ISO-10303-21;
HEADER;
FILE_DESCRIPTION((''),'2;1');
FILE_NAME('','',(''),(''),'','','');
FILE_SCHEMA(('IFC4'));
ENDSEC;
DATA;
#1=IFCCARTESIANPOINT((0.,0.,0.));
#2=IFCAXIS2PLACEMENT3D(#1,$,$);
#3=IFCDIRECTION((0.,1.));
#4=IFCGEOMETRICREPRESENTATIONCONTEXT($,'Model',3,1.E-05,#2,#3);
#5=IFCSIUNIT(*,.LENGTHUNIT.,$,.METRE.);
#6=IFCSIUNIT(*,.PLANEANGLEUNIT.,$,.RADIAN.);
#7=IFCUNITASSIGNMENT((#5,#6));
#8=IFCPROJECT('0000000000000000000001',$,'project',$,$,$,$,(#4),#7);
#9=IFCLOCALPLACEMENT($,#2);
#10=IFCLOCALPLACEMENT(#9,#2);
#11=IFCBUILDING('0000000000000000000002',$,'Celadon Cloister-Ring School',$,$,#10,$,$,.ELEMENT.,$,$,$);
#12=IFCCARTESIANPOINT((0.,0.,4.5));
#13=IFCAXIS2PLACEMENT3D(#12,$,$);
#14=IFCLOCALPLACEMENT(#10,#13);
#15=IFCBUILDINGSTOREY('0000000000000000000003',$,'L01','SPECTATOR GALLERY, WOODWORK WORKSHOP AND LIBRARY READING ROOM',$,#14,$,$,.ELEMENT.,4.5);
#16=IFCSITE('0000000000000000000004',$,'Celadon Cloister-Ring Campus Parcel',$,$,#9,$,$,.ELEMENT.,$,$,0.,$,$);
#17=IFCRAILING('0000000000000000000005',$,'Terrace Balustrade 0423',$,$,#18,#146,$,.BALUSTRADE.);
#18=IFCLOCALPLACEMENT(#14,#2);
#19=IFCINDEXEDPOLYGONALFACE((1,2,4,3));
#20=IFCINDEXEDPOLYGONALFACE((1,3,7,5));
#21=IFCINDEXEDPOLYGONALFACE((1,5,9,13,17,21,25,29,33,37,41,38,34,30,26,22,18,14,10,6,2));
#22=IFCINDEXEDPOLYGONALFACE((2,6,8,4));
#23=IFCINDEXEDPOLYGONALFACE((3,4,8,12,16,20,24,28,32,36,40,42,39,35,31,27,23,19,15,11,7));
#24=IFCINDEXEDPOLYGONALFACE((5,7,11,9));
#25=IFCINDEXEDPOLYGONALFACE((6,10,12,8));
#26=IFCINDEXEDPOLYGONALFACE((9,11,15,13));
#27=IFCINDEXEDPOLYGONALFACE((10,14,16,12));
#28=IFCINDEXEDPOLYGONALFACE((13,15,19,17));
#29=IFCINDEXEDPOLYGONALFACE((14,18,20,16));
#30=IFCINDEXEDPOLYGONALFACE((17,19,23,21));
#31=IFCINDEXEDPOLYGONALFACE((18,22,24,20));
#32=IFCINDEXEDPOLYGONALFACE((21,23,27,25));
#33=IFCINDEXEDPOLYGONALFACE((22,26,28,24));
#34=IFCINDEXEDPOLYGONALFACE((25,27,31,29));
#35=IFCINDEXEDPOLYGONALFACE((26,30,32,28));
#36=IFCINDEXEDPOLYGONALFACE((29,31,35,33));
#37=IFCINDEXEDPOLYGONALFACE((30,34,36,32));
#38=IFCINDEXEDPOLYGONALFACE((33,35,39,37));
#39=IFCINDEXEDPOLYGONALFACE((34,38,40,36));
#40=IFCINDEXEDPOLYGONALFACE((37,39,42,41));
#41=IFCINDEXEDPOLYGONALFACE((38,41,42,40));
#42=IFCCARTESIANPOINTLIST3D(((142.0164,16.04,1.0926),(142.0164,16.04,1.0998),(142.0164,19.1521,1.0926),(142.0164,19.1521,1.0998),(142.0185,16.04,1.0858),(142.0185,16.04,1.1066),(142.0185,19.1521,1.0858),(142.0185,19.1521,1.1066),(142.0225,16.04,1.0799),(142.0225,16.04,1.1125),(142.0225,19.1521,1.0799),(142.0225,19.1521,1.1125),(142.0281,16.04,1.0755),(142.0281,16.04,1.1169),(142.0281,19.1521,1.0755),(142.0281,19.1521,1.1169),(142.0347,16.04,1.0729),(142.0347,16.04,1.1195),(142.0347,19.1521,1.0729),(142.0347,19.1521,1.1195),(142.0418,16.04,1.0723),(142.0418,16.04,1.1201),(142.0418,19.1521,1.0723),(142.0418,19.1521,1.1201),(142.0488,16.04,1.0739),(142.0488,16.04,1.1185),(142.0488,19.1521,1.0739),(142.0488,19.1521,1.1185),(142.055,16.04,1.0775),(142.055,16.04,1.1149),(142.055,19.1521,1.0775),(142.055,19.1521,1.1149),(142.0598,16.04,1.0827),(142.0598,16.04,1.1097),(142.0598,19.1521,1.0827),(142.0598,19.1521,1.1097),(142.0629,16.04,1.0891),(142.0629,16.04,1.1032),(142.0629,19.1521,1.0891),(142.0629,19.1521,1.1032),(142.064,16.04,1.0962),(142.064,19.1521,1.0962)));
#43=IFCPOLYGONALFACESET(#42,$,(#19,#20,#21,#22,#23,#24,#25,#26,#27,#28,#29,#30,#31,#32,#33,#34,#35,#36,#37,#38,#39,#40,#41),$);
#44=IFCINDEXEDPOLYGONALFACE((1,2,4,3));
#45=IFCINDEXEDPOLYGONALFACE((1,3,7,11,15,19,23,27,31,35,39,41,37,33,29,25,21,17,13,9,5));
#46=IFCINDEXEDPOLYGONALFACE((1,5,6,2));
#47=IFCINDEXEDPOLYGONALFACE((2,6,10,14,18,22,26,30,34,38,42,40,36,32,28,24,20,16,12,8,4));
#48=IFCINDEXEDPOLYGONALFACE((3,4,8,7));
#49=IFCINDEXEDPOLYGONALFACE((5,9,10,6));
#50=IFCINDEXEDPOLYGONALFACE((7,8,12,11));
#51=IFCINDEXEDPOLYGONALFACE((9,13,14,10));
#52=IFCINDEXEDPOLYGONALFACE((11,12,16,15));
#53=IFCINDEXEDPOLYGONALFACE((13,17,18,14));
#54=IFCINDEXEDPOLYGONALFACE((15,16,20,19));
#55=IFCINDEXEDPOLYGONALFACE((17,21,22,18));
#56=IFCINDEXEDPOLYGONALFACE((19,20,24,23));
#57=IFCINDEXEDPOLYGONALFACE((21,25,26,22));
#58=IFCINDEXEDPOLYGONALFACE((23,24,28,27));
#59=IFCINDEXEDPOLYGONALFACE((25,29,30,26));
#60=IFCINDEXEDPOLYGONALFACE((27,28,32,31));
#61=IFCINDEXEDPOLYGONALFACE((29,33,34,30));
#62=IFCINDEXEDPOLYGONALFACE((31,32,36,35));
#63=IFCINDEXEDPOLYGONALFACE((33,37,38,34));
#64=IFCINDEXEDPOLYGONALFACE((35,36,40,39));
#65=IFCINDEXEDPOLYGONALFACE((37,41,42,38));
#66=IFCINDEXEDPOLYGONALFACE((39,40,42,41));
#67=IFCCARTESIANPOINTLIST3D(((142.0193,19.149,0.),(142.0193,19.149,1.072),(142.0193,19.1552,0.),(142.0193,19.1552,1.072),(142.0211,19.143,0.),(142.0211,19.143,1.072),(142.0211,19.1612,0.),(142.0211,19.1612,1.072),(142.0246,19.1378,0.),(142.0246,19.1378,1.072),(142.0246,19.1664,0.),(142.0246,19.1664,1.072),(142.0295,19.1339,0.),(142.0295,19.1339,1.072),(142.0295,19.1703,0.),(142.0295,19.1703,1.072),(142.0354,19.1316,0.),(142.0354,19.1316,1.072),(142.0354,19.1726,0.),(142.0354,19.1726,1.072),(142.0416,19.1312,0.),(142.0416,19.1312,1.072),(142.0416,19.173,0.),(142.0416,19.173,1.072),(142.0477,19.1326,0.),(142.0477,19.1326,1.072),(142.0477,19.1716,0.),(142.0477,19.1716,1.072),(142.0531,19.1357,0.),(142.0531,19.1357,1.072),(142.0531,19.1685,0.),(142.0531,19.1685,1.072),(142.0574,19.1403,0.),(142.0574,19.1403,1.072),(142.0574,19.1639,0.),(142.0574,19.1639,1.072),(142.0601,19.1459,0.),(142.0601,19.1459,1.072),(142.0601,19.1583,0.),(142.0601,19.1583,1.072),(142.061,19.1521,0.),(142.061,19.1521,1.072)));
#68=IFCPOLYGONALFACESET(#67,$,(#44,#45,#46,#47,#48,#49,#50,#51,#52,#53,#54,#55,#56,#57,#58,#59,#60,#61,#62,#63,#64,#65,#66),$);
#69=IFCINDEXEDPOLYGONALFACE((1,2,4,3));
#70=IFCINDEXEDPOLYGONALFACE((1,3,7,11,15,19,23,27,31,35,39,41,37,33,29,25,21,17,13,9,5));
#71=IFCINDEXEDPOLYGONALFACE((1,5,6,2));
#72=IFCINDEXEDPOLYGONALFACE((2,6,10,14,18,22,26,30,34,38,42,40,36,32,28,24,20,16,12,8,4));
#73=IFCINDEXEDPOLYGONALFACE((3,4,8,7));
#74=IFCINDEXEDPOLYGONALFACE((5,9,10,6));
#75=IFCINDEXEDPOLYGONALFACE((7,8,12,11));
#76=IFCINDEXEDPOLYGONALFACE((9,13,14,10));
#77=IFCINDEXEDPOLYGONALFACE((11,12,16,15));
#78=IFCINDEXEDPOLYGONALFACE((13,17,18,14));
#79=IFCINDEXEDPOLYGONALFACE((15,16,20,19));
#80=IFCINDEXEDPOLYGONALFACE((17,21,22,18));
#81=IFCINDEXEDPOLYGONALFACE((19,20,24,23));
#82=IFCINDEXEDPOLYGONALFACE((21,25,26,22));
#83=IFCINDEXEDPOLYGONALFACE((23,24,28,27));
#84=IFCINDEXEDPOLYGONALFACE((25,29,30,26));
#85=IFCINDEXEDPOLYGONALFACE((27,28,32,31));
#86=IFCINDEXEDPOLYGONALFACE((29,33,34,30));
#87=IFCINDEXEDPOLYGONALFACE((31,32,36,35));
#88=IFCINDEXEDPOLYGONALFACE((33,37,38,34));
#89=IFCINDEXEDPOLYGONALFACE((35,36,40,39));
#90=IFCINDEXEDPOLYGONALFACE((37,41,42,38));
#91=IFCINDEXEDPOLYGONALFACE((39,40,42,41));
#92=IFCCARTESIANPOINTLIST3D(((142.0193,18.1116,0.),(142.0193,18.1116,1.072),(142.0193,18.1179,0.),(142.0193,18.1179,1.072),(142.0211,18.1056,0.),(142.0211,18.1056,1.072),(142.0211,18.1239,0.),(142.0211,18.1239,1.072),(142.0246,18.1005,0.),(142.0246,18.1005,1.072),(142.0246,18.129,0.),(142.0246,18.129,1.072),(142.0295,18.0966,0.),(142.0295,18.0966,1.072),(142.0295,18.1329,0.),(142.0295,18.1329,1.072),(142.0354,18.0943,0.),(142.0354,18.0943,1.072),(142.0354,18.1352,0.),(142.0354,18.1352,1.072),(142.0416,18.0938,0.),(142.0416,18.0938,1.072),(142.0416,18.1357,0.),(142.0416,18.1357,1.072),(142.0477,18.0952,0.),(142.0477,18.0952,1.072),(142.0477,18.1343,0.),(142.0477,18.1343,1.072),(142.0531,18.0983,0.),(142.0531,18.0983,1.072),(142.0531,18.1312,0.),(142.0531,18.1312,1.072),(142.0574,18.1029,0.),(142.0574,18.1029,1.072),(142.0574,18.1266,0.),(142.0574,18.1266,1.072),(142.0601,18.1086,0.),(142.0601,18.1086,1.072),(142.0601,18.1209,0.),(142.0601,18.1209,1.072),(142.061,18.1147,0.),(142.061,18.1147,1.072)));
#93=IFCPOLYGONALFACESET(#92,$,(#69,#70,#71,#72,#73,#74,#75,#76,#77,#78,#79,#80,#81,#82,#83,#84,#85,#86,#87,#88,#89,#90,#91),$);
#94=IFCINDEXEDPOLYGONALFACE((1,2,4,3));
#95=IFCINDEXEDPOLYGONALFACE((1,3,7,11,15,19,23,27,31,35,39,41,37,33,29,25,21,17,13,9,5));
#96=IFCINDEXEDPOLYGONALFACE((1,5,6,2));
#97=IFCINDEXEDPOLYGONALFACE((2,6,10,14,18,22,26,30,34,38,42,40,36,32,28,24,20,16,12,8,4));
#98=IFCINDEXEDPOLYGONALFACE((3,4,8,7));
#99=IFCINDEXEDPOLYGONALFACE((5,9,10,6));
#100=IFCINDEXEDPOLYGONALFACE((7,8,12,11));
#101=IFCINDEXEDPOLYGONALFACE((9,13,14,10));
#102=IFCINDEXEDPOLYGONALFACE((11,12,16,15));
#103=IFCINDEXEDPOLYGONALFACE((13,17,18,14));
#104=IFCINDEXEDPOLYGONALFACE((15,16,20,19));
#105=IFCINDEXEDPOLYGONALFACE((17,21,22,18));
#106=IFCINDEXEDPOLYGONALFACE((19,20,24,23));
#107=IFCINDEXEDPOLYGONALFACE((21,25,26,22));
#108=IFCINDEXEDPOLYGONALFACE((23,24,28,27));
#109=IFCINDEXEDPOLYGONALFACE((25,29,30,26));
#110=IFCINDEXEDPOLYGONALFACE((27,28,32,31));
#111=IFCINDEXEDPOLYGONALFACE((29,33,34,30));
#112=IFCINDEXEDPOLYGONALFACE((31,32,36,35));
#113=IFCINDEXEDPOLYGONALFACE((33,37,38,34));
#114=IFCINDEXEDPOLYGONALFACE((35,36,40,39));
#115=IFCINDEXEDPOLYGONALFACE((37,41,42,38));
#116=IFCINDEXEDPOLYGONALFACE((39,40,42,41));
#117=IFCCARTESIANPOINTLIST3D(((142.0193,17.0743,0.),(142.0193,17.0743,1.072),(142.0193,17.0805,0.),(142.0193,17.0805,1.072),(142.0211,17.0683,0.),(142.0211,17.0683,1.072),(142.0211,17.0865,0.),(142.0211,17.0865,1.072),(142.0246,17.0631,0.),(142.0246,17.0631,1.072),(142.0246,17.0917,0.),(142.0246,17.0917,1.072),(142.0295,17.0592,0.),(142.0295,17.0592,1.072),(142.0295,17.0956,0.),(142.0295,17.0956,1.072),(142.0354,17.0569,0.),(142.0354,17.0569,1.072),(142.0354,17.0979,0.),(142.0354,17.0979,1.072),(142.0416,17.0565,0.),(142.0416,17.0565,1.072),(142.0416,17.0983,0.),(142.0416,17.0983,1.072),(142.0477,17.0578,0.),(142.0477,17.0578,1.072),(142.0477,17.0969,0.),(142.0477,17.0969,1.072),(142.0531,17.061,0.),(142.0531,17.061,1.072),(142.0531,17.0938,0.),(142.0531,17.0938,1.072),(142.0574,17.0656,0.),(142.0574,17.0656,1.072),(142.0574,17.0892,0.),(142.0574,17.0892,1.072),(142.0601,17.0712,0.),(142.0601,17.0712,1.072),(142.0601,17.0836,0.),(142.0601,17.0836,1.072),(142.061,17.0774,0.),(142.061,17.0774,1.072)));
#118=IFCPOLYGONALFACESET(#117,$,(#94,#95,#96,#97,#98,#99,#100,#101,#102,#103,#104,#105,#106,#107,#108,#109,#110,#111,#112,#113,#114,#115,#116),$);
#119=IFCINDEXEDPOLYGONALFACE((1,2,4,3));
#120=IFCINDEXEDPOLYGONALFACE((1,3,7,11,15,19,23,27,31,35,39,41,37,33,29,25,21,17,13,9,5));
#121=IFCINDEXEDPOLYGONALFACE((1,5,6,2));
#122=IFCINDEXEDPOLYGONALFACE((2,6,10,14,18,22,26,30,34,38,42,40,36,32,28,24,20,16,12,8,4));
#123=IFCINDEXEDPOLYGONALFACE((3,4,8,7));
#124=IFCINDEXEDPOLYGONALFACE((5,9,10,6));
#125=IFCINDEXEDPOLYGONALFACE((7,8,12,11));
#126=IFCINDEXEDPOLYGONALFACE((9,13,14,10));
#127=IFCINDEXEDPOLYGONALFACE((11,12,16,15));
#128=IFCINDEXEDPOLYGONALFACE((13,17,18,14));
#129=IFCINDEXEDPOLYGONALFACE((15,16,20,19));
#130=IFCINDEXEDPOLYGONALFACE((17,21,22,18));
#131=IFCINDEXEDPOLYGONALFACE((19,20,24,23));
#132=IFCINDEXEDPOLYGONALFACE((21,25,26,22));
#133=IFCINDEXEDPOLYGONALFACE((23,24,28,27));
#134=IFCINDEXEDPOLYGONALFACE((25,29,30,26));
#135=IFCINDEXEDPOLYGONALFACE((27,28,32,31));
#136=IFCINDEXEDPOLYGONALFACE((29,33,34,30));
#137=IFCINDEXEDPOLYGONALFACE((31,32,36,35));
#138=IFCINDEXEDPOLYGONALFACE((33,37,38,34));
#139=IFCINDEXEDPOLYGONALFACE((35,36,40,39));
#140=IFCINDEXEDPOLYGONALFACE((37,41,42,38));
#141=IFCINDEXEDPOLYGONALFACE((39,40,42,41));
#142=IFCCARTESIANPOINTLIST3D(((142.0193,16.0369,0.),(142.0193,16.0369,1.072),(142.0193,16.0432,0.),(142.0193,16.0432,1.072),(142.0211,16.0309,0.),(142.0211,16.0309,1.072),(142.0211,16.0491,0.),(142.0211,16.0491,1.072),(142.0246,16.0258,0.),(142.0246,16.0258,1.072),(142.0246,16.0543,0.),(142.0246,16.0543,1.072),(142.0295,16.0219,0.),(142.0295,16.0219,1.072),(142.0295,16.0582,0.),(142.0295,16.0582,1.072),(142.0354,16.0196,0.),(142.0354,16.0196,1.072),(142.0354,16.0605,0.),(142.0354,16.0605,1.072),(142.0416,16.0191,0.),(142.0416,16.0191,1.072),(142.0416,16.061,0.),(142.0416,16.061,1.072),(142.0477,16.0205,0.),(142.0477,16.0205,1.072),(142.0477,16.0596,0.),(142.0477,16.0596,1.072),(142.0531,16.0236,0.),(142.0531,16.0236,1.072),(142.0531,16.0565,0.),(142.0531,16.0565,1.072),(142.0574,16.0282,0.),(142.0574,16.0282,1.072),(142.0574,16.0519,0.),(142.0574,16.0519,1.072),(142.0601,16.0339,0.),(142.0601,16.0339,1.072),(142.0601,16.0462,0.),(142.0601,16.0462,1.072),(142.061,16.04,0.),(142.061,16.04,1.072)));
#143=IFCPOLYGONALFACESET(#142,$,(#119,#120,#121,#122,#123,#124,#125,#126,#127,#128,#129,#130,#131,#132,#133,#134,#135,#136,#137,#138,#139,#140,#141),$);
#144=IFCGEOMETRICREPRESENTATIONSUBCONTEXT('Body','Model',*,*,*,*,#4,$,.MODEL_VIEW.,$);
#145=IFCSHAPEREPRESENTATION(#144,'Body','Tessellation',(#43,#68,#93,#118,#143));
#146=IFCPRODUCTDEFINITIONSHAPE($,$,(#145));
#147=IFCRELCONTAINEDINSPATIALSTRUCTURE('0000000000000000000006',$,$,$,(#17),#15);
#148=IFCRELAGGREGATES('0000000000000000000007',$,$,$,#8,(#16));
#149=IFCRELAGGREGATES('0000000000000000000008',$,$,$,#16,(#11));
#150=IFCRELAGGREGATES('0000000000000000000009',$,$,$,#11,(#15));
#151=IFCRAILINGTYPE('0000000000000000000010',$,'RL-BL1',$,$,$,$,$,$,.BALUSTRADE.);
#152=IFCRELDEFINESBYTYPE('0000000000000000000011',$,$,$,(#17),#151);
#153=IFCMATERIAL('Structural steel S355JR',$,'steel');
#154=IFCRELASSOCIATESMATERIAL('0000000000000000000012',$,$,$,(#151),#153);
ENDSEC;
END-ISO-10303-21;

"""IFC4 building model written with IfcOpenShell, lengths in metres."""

from ifc_helpers import new_model, si_unit, direction, frame, origin, origin_2d, place, context, subcontext, project, spatial, circle, extrude, material, type_object, element, save


model = new_model("IFC4")

# Units and contexts
model_context = context("Model", 3, precision=1e-05, world=origin(), true_north=direction((0.0, 1.0)))
body_context = subcontext(model_context, "Body", "Model", "MODEL_VIEW")
ifc_project = project(units=[si_unit("LENGTHUNIT", "METRE"), si_unit("PLANEANGLEUNIT", "RADIAN")], contexts=[model_context])

# Site, building, storey
site_placement = place(None, origin())
site = spatial("IfcSite", under=ifc_project, at=site_placement, Name="Celadon Cloister-Ring Campus Parcel", CompositionType="ELEMENT", RefElevation=0.0)
building_placement = place(site_placement, origin())
building = spatial("IfcBuilding", under=site, at=building_placement, Name="Celadon Cloister-Ring School", CompositionType="ELEMENT")
storey_placement = place(building_placement, frame((0.0, 0.0, 4.5)))
storey = spatial("IfcBuildingStorey", under=building, at=storey_placement, Name="L01", Description="SPECTATOR GALLERY, WOODWORK WORKSHOP AND LIBRARY READING ROOM", CompositionType="ELEMENT", Elevation=4.5)

# Railing
ifc_material_1 = material(Name="Structural steel S355JR", Category="steel")
railing_type = type_object("IfcRailingType", Name="RL-BL1", PredefinedType="BALUSTRADE", material=ifc_material_1)
railing_1_placement = place(storey_placement, frame((142.04, 19.1521, 0.0)))
element("IfcRailing", 1, at=railing_1_placement, inside=storey, type_object=railing_type, Name="Terrace Balustrade 0423", PredefinedType="BALUSTRADE", context=body_context, shape_type="SweptSolid", body=[
    extrude(circle(Radius=0.0239, at=origin_2d()), frame((0.0, 0.0, 1.0962), z_axis=(0.0, -1.0, 0.0), x_axis=(1.0, 0.0, 0.0)), (0.0, 0.0, 1.0), 3.1121),
    extrude(circle(Radius=0.021, at=origin_2d()), origin(), (0.0, 0.0, 1.0), 1.072),
    extrude(circle(Radius=0.021, at=origin_2d()), frame((0.0, -1.0374, 0.0)), (0.0, 0.0, 1.0), 1.072),
    extrude(circle(Radius=0.021, at=origin_2d()), frame((0.0, -2.0747, 0.0)), (0.0, 0.0, 1.0), 1.072),
    extrude(circle(Radius=0.021, at=origin_2d()), frame((0.0, -3.1121, 0.0)), (0.0, 0.0, 1.0), 1.072),
])

save(model, "model.ifc")
